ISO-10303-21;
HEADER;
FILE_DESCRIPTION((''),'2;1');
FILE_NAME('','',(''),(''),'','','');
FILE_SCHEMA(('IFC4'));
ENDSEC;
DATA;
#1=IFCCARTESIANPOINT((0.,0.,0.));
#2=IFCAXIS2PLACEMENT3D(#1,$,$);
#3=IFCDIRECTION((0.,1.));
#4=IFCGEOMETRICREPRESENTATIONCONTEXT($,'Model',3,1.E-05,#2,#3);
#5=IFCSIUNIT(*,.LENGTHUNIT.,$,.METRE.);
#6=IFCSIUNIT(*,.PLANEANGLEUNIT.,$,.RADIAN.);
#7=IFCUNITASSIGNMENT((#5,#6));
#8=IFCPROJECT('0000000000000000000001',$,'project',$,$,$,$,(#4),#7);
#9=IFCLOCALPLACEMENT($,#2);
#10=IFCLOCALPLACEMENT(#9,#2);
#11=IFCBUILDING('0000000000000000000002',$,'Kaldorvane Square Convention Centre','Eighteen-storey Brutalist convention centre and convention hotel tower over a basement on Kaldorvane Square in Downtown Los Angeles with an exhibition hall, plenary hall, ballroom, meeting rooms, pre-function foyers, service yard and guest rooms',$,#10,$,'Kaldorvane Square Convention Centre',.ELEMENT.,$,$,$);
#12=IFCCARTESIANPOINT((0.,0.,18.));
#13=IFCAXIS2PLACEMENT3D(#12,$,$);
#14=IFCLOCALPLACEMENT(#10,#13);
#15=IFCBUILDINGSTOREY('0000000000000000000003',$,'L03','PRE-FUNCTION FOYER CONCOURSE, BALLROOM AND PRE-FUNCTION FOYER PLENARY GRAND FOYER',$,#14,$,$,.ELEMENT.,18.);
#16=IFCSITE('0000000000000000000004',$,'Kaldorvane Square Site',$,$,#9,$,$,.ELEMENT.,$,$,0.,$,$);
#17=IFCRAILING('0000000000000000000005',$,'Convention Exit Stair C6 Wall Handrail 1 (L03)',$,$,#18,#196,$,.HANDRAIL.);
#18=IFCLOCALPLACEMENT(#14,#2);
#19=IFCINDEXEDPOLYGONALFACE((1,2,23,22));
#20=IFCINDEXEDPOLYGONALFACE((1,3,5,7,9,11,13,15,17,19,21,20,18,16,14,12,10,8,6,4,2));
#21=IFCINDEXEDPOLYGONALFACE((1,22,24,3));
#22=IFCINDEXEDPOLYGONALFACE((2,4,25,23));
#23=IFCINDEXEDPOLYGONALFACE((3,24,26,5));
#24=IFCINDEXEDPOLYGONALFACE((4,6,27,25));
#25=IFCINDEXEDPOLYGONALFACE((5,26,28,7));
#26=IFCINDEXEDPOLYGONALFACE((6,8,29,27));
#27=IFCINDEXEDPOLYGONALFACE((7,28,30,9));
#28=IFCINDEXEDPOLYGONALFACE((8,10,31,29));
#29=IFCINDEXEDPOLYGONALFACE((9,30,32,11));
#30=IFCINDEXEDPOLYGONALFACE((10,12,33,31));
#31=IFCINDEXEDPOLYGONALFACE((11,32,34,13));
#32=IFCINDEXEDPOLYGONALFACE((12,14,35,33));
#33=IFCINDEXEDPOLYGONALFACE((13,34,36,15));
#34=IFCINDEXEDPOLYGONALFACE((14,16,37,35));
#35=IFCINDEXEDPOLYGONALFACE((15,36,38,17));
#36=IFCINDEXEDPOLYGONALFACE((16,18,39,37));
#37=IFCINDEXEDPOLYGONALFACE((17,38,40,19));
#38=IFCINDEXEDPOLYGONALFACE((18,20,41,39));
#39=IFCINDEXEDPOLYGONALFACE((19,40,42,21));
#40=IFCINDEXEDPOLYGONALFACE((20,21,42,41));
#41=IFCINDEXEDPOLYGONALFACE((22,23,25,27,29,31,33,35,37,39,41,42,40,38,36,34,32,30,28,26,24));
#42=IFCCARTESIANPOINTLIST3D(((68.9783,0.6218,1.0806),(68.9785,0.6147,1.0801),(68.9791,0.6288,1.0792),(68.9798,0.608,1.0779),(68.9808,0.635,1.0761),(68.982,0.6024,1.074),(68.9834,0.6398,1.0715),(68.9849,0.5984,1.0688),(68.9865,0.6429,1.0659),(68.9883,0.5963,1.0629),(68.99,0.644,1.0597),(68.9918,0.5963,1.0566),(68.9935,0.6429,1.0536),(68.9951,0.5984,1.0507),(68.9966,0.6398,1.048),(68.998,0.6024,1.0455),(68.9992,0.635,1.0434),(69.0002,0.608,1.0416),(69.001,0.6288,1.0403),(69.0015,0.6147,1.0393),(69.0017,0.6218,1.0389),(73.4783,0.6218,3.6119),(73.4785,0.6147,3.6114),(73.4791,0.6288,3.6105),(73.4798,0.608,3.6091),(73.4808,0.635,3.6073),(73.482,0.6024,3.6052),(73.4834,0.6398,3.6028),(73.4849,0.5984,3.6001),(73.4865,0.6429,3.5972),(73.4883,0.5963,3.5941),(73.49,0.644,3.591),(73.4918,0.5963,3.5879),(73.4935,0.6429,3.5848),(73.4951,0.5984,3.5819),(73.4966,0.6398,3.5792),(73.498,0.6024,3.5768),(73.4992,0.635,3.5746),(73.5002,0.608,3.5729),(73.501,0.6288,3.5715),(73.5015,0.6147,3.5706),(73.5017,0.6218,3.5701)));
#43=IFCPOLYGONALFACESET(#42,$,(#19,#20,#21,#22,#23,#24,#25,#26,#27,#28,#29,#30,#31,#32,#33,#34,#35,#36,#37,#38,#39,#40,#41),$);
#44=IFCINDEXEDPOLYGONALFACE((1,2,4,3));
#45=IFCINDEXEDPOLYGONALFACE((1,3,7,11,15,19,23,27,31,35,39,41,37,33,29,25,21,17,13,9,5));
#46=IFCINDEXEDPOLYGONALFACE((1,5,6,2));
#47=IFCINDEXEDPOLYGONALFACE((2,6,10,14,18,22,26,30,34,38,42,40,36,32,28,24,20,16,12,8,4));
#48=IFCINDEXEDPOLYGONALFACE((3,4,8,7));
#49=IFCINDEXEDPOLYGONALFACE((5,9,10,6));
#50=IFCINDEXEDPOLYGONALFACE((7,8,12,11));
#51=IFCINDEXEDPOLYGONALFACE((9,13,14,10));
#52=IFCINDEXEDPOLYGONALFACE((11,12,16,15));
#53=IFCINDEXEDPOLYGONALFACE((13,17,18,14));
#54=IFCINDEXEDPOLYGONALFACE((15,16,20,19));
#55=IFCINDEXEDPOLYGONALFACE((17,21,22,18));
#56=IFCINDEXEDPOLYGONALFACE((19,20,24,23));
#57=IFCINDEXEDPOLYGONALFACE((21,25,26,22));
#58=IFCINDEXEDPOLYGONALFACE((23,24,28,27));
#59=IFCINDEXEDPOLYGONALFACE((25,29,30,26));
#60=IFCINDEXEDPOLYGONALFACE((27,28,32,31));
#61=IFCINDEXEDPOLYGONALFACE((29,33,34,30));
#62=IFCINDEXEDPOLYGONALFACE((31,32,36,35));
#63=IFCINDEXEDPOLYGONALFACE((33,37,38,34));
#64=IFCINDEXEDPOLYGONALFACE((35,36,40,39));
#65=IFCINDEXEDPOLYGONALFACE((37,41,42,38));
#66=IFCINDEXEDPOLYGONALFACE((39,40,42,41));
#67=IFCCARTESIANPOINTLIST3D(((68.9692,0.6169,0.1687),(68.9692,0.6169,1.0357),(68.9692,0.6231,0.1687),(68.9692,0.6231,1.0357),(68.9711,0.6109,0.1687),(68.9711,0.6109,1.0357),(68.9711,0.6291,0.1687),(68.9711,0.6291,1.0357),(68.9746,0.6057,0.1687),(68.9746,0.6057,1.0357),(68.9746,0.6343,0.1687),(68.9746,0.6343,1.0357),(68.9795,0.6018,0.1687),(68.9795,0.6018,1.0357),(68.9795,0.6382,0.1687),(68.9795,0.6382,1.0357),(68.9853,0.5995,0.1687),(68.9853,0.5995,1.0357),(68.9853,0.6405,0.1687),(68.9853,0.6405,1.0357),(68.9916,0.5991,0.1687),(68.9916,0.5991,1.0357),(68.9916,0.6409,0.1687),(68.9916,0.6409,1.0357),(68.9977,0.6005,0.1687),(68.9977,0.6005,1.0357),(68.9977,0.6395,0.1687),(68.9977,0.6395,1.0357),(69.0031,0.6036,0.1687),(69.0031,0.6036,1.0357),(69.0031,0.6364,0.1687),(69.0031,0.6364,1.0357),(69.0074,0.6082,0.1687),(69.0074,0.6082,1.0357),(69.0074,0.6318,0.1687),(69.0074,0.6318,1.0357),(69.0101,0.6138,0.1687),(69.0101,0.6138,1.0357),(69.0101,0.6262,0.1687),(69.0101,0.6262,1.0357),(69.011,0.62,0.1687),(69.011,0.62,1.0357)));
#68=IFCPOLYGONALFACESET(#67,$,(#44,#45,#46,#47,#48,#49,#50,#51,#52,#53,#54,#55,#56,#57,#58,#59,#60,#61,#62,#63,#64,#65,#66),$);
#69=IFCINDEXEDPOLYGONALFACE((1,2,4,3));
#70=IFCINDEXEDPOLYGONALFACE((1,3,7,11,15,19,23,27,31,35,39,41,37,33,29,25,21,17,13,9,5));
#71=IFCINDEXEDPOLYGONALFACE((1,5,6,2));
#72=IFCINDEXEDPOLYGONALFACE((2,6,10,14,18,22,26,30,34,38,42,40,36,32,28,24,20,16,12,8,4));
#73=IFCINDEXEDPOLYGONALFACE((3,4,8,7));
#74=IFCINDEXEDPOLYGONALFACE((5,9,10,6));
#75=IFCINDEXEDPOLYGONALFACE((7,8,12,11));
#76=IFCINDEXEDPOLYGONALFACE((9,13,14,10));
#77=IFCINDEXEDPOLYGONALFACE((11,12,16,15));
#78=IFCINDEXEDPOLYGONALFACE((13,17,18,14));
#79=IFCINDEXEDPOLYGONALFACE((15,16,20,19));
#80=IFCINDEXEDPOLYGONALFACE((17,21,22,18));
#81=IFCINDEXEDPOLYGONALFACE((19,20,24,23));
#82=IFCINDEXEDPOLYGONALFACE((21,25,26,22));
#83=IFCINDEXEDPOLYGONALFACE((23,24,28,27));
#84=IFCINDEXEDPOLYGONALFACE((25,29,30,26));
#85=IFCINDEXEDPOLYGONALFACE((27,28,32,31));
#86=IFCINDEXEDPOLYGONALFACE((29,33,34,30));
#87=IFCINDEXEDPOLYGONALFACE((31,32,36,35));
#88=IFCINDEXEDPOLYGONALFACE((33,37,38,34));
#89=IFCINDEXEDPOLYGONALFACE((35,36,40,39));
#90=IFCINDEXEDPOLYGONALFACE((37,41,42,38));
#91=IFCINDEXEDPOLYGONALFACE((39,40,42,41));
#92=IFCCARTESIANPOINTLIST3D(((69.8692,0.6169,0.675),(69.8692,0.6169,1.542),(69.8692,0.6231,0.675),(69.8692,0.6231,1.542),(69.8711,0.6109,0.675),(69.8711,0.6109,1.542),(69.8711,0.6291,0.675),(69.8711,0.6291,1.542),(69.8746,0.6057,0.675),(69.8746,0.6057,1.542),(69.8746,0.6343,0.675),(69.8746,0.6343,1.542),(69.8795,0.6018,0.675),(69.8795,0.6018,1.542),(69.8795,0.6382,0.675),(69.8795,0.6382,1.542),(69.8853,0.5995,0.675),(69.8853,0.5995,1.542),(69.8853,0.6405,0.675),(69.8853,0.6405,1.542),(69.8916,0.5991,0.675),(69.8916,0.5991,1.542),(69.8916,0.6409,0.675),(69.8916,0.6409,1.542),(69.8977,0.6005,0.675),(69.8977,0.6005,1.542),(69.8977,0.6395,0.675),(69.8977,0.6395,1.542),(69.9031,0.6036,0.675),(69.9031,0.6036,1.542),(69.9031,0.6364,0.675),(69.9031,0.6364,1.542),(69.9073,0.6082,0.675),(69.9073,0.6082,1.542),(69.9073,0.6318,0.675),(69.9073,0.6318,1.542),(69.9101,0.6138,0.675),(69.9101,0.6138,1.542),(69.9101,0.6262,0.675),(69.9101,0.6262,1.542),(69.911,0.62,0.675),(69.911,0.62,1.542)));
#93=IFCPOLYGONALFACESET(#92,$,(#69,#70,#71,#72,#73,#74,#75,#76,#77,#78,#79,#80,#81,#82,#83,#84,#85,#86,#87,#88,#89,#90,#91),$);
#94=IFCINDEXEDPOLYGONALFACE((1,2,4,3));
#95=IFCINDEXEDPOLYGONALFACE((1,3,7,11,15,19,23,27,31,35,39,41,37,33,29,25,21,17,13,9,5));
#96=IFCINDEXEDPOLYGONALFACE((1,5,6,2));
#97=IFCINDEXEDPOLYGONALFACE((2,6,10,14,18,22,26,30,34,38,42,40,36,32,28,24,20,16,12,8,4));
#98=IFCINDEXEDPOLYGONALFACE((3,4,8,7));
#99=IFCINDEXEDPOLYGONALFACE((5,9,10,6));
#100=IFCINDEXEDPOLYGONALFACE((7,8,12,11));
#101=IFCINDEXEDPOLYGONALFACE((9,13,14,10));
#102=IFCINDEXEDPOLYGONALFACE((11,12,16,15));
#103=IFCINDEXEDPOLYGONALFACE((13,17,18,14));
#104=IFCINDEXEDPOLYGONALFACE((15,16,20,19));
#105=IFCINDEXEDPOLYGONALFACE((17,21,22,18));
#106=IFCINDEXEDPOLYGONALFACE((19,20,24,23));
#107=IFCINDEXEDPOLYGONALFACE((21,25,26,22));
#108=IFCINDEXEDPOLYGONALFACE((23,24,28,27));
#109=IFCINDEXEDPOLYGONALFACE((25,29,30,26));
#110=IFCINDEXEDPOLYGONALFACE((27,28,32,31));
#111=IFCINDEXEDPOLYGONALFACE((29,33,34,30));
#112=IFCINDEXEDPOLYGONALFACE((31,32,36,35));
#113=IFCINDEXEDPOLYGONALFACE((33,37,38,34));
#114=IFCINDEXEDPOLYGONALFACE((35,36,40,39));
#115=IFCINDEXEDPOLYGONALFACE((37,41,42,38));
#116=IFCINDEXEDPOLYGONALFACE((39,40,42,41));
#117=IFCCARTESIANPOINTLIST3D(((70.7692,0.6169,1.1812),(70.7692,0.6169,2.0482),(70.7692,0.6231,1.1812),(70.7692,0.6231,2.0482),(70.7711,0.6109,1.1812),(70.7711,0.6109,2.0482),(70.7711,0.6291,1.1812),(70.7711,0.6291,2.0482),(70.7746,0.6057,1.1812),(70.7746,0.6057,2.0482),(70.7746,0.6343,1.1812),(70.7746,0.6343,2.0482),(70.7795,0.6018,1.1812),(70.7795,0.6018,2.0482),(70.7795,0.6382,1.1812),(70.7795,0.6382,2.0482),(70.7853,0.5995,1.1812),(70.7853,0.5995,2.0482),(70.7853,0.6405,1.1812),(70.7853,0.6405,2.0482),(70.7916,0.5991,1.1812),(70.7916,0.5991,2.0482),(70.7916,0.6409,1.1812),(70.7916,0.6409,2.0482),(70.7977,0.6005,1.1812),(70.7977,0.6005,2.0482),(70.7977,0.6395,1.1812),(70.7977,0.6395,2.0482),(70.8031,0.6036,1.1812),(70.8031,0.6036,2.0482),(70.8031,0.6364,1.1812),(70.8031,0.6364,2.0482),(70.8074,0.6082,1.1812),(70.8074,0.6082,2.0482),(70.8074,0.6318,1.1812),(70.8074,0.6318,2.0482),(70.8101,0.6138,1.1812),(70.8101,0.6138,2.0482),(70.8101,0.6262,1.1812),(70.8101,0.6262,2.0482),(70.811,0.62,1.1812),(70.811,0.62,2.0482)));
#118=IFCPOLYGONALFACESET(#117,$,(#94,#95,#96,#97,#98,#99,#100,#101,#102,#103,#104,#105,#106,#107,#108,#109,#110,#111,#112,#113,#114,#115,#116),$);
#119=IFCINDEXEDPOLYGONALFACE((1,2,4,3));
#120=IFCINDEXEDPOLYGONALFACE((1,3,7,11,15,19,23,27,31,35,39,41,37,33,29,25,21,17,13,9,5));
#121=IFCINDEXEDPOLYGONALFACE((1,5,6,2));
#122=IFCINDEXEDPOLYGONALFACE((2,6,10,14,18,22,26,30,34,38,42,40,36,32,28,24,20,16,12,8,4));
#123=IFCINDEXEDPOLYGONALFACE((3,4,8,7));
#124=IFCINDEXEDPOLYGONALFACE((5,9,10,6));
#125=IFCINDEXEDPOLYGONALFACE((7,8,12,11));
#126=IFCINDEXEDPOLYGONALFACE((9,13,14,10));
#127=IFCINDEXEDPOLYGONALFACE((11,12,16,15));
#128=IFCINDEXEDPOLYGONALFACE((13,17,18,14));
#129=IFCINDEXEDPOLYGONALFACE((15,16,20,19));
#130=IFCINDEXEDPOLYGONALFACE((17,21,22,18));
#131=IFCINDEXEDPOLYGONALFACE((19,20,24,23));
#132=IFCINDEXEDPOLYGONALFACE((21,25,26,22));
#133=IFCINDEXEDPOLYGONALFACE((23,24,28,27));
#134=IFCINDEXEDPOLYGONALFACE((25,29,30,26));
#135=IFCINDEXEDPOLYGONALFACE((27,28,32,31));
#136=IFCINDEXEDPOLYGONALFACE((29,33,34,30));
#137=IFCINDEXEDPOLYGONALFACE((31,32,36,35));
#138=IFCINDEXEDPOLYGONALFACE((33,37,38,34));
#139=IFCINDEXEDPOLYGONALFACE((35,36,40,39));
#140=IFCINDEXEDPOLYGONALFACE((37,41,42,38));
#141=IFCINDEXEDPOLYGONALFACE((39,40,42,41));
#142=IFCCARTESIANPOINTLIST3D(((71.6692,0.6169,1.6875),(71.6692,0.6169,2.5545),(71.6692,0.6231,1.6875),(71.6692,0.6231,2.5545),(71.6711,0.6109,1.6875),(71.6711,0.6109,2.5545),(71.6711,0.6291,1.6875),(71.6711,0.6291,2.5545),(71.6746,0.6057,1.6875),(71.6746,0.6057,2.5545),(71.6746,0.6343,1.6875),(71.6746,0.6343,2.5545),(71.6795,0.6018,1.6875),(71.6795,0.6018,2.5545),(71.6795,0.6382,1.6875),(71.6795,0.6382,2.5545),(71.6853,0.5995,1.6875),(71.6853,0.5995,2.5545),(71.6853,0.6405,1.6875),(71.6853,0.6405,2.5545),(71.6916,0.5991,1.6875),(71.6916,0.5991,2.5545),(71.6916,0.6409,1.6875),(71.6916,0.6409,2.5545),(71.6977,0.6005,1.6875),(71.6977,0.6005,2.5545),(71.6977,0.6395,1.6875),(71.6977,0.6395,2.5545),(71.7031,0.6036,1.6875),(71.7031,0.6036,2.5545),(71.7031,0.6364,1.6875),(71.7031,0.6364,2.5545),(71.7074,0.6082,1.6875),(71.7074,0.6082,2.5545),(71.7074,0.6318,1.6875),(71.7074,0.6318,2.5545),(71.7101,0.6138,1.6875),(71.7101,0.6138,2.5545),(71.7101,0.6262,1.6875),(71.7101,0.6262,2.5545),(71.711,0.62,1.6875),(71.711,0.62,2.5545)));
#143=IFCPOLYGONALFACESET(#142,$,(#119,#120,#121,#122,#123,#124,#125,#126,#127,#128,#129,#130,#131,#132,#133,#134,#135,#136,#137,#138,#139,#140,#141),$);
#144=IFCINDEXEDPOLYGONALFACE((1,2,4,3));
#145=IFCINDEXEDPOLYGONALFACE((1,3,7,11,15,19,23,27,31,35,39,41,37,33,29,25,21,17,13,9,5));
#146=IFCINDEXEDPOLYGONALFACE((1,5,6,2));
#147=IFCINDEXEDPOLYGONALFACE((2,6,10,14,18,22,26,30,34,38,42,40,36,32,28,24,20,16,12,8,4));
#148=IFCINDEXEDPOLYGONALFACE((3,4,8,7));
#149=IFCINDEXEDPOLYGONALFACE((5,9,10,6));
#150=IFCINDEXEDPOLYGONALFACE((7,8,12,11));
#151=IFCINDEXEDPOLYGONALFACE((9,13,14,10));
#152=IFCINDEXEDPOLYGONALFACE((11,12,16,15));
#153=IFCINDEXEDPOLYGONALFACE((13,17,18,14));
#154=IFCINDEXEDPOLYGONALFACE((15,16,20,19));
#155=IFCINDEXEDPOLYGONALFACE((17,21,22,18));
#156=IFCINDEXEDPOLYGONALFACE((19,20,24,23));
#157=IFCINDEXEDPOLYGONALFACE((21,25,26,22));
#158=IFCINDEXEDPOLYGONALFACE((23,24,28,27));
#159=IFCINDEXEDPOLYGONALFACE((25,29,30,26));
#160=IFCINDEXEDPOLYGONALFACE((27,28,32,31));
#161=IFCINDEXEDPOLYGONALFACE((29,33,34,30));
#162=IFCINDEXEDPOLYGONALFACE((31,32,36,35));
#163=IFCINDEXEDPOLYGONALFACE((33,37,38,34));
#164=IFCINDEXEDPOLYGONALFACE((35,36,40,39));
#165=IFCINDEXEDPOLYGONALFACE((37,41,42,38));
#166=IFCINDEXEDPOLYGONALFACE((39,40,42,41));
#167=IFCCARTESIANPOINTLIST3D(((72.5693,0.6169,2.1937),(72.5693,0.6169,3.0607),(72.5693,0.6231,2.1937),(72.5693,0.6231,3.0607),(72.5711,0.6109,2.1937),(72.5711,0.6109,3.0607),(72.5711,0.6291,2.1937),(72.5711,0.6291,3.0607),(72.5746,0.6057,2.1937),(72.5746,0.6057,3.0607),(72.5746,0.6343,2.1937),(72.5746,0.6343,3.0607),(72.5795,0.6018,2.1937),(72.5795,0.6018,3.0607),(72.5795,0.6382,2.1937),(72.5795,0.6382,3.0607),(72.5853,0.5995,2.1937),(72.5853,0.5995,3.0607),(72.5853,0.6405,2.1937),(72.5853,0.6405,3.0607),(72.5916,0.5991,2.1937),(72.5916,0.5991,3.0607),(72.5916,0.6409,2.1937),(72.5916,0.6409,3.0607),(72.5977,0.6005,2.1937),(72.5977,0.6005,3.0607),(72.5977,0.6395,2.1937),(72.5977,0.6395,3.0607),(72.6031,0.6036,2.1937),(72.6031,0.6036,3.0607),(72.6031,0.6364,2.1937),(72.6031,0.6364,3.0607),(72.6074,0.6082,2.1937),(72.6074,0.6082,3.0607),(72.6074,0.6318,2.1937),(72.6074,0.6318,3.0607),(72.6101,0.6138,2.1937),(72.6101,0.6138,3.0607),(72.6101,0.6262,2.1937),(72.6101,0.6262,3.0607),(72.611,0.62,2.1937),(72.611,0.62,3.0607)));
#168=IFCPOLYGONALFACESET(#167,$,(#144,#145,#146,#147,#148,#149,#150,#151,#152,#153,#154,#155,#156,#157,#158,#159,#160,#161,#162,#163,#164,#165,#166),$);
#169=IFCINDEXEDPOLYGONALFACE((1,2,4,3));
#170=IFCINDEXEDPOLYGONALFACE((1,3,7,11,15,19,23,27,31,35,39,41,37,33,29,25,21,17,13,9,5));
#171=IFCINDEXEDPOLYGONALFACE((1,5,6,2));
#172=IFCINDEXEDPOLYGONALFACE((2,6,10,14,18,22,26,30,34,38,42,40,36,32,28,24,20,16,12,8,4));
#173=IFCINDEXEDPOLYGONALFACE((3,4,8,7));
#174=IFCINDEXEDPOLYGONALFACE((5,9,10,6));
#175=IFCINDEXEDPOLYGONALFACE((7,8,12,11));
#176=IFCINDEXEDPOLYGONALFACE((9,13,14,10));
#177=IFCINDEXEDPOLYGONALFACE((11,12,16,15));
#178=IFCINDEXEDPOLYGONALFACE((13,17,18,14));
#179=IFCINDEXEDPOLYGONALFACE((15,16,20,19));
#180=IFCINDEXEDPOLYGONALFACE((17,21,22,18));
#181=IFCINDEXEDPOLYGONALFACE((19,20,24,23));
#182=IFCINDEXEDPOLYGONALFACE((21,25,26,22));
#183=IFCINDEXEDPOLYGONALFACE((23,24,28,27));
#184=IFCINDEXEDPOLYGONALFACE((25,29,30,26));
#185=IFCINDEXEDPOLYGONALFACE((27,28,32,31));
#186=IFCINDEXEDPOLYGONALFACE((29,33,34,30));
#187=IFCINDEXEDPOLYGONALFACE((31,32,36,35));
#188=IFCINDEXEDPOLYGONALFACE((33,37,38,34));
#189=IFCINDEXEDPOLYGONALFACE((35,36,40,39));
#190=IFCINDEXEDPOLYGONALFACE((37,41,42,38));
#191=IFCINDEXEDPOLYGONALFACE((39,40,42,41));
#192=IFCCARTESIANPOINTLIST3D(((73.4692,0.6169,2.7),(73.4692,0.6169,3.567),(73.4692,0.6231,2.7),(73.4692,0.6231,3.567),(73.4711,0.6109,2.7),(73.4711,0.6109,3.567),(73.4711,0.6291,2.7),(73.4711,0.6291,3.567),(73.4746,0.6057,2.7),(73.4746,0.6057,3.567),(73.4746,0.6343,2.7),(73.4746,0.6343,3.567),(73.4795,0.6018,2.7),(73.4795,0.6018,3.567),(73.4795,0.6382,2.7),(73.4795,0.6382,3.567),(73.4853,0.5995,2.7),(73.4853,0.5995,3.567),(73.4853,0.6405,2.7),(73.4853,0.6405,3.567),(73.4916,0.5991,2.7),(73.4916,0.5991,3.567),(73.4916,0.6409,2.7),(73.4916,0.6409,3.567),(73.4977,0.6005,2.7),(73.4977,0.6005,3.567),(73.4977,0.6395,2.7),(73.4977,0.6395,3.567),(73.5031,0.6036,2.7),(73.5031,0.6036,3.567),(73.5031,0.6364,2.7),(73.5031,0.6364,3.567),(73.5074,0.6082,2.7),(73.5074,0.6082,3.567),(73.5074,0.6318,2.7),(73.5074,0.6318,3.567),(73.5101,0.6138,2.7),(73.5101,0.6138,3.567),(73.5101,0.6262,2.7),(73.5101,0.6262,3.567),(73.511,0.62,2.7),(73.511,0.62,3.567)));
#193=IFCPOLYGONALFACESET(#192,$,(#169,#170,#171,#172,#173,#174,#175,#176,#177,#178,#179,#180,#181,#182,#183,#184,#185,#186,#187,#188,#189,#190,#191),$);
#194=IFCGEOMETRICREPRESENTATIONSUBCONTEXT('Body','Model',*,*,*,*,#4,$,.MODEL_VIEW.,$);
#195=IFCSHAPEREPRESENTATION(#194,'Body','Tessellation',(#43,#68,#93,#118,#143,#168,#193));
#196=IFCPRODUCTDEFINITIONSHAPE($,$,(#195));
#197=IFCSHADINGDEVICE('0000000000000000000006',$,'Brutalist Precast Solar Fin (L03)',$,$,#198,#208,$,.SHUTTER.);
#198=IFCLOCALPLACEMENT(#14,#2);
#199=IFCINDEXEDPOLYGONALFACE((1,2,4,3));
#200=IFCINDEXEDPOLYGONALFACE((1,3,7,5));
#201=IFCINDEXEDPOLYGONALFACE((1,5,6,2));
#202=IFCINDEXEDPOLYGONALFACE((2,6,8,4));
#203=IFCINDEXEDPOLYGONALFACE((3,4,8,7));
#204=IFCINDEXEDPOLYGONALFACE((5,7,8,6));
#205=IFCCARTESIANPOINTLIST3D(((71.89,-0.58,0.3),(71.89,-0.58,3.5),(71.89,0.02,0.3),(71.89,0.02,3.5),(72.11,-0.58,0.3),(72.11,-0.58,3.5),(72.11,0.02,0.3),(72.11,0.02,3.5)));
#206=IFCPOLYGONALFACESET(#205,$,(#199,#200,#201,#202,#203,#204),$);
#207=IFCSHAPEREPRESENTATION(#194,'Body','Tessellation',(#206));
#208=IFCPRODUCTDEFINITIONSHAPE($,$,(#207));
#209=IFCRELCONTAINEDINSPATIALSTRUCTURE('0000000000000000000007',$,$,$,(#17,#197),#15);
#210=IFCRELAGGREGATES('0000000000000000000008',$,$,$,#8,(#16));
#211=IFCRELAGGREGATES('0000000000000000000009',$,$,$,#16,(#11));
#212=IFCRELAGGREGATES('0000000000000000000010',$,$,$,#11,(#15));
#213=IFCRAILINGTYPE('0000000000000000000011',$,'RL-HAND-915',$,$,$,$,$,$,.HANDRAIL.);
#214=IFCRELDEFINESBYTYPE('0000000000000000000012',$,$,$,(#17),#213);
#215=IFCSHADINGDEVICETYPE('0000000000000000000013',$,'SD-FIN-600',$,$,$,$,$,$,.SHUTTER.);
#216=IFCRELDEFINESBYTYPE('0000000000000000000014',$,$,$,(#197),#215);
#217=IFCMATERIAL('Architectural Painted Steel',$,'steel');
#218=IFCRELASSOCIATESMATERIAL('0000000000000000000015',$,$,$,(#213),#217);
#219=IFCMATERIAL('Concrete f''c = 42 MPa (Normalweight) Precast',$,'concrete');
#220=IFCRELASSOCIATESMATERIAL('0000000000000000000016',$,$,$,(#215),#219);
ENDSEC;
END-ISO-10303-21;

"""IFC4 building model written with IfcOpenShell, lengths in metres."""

from ifc_helpers import new_model, si_unit, direction, frame, origin, origin_2d, place, context, subcontext, project, spatial, rectangle, circle, extrude, material, type_object, element, save


model = new_model("IFC4")

# Units and contexts
model_context = context("Model", 3, precision=1e-05, world=origin(), true_north=direction((0.0, 1.0)))
body_context = subcontext(model_context, "Body", "Model", "MODEL_VIEW")
ifc_project = project(units=[si_unit("LENGTHUNIT", "METRE"), si_unit("PLANEANGLEUNIT", "RADIAN")], contexts=[model_context])

# Site, building, storey
site_placement = place(None, origin())
site = spatial("IfcSite", under=ifc_project, at=site_placement, Name="Kaldorvane Square Site", CompositionType="ELEMENT", RefElevation=0.0)
building_placement = place(site_placement, origin())
building = spatial("IfcBuilding", under=site, at=building_placement, Name="Kaldorvane Square Convention Centre", Description="Eighteen-storey Brutalist convention centre and convention hotel tower over a basement on Kaldorvane Square in Downtown Los Angeles with an exhibition hall, plenary hall, ballroom, meeting rooms, pre-function foyers, service yard and guest rooms", LongName="Kaldorvane Square Convention Centre", CompositionType="ELEMENT")
storey_placement = place(building_placement, frame((0.0, 0.0, 18.0)))
storey = spatial("IfcBuildingStorey", under=building, at=storey_placement, Name="L03", Description="PRE-FUNCTION FOYER CONCOURSE, BALLROOM AND PRE-FUNCTION FOYER PLENARY GRAND FOYER", CompositionType="ELEMENT", Elevation=18.0)

# Shared definitions
ifc_material_1 = material(Name="Concrete f'c = 42 MPa (Normalweight) Precast", Category="concrete")

# Railing
ifc_material_2 = material(Name="Architectural Painted Steel", Category="steel")
railing_type_1 = type_object("IfcRailingType", Name="RL-HAND-915", PredefinedType="HANDRAIL", material=ifc_material_2)
railing_1_placement = place(storey_placement, frame((68.99, 0.62, 0.1687)))
element("IfcRailing", 1, at=railing_1_placement, inside=storey, type_object=railing_type_1, Name="Convention Exit Stair C6 Wall Handrail 1 (L03)", PredefinedType="HANDRAIL", context=body_context, shape_type="SweptSolid", body=[
    extrude(circle(Radius=0.024, at=origin_2d()), frame((0.0, 0.0, 0.891), z_axis=(0.871576, 0.0, 0.490261), x_axis=(0.0, 1.0, 0.0)), (0.0, 0.0, 1.0), 5.1631),
    extrude(circle(Radius=0.021, at=origin_2d()), origin(), (0.0, 0.0, 1.0), 0.867),
    extrude(circle(Radius=0.021, at=origin_2d()), frame((0.9, 0.0, 0.5063)), (0.0, 0.0, 1.0), 0.867),
    extrude(circle(Radius=0.021, at=origin_2d()), frame((1.8, 0.0, 1.0125)), (0.0, 0.0, 1.0), 0.867),
    extrude(circle(Radius=0.021, at=origin_2d()), frame((2.7, 0.0, 1.5188)), (0.0, 0.0, 1.0), 0.867),
    extrude(circle(Radius=0.021, at=origin_2d()), frame((3.6, 0.0, 2.025)), (0.0, 0.0, 1.0), 0.867),
    extrude(circle(Radius=0.021, at=origin_2d()), frame((4.5, 0.0, 2.5312)), (0.0, 0.0, 1.0), 0.867),
])

# Shading device
shading_device_type = type_object("IfcShadingDeviceType", Name="SD-FIN-600", PredefinedType="SHUTTER", material=ifc_material_1)
shading_device_placement = place(storey_placement, frame((72.0, -0.28, 0.3), z_axis=(0.0, 0.0, 1.0), x_axis=(1.0, 0.0, 0.0)))
element("IfcShadingDevice", 2, at=shading_device_placement, inside=storey, type_object=shading_device_type, Name="Brutalist Precast Solar Fin (L03)", PredefinedType="SHUTTER", context=body_context, shape_type="SweptSolid", body=[
    extrude(rectangle(XDim=0.22, YDim=0.6, at=origin_2d()), origin(), (0.0, 0.0, 1.0), 3.2),
])

save(model, "model.ifc")
